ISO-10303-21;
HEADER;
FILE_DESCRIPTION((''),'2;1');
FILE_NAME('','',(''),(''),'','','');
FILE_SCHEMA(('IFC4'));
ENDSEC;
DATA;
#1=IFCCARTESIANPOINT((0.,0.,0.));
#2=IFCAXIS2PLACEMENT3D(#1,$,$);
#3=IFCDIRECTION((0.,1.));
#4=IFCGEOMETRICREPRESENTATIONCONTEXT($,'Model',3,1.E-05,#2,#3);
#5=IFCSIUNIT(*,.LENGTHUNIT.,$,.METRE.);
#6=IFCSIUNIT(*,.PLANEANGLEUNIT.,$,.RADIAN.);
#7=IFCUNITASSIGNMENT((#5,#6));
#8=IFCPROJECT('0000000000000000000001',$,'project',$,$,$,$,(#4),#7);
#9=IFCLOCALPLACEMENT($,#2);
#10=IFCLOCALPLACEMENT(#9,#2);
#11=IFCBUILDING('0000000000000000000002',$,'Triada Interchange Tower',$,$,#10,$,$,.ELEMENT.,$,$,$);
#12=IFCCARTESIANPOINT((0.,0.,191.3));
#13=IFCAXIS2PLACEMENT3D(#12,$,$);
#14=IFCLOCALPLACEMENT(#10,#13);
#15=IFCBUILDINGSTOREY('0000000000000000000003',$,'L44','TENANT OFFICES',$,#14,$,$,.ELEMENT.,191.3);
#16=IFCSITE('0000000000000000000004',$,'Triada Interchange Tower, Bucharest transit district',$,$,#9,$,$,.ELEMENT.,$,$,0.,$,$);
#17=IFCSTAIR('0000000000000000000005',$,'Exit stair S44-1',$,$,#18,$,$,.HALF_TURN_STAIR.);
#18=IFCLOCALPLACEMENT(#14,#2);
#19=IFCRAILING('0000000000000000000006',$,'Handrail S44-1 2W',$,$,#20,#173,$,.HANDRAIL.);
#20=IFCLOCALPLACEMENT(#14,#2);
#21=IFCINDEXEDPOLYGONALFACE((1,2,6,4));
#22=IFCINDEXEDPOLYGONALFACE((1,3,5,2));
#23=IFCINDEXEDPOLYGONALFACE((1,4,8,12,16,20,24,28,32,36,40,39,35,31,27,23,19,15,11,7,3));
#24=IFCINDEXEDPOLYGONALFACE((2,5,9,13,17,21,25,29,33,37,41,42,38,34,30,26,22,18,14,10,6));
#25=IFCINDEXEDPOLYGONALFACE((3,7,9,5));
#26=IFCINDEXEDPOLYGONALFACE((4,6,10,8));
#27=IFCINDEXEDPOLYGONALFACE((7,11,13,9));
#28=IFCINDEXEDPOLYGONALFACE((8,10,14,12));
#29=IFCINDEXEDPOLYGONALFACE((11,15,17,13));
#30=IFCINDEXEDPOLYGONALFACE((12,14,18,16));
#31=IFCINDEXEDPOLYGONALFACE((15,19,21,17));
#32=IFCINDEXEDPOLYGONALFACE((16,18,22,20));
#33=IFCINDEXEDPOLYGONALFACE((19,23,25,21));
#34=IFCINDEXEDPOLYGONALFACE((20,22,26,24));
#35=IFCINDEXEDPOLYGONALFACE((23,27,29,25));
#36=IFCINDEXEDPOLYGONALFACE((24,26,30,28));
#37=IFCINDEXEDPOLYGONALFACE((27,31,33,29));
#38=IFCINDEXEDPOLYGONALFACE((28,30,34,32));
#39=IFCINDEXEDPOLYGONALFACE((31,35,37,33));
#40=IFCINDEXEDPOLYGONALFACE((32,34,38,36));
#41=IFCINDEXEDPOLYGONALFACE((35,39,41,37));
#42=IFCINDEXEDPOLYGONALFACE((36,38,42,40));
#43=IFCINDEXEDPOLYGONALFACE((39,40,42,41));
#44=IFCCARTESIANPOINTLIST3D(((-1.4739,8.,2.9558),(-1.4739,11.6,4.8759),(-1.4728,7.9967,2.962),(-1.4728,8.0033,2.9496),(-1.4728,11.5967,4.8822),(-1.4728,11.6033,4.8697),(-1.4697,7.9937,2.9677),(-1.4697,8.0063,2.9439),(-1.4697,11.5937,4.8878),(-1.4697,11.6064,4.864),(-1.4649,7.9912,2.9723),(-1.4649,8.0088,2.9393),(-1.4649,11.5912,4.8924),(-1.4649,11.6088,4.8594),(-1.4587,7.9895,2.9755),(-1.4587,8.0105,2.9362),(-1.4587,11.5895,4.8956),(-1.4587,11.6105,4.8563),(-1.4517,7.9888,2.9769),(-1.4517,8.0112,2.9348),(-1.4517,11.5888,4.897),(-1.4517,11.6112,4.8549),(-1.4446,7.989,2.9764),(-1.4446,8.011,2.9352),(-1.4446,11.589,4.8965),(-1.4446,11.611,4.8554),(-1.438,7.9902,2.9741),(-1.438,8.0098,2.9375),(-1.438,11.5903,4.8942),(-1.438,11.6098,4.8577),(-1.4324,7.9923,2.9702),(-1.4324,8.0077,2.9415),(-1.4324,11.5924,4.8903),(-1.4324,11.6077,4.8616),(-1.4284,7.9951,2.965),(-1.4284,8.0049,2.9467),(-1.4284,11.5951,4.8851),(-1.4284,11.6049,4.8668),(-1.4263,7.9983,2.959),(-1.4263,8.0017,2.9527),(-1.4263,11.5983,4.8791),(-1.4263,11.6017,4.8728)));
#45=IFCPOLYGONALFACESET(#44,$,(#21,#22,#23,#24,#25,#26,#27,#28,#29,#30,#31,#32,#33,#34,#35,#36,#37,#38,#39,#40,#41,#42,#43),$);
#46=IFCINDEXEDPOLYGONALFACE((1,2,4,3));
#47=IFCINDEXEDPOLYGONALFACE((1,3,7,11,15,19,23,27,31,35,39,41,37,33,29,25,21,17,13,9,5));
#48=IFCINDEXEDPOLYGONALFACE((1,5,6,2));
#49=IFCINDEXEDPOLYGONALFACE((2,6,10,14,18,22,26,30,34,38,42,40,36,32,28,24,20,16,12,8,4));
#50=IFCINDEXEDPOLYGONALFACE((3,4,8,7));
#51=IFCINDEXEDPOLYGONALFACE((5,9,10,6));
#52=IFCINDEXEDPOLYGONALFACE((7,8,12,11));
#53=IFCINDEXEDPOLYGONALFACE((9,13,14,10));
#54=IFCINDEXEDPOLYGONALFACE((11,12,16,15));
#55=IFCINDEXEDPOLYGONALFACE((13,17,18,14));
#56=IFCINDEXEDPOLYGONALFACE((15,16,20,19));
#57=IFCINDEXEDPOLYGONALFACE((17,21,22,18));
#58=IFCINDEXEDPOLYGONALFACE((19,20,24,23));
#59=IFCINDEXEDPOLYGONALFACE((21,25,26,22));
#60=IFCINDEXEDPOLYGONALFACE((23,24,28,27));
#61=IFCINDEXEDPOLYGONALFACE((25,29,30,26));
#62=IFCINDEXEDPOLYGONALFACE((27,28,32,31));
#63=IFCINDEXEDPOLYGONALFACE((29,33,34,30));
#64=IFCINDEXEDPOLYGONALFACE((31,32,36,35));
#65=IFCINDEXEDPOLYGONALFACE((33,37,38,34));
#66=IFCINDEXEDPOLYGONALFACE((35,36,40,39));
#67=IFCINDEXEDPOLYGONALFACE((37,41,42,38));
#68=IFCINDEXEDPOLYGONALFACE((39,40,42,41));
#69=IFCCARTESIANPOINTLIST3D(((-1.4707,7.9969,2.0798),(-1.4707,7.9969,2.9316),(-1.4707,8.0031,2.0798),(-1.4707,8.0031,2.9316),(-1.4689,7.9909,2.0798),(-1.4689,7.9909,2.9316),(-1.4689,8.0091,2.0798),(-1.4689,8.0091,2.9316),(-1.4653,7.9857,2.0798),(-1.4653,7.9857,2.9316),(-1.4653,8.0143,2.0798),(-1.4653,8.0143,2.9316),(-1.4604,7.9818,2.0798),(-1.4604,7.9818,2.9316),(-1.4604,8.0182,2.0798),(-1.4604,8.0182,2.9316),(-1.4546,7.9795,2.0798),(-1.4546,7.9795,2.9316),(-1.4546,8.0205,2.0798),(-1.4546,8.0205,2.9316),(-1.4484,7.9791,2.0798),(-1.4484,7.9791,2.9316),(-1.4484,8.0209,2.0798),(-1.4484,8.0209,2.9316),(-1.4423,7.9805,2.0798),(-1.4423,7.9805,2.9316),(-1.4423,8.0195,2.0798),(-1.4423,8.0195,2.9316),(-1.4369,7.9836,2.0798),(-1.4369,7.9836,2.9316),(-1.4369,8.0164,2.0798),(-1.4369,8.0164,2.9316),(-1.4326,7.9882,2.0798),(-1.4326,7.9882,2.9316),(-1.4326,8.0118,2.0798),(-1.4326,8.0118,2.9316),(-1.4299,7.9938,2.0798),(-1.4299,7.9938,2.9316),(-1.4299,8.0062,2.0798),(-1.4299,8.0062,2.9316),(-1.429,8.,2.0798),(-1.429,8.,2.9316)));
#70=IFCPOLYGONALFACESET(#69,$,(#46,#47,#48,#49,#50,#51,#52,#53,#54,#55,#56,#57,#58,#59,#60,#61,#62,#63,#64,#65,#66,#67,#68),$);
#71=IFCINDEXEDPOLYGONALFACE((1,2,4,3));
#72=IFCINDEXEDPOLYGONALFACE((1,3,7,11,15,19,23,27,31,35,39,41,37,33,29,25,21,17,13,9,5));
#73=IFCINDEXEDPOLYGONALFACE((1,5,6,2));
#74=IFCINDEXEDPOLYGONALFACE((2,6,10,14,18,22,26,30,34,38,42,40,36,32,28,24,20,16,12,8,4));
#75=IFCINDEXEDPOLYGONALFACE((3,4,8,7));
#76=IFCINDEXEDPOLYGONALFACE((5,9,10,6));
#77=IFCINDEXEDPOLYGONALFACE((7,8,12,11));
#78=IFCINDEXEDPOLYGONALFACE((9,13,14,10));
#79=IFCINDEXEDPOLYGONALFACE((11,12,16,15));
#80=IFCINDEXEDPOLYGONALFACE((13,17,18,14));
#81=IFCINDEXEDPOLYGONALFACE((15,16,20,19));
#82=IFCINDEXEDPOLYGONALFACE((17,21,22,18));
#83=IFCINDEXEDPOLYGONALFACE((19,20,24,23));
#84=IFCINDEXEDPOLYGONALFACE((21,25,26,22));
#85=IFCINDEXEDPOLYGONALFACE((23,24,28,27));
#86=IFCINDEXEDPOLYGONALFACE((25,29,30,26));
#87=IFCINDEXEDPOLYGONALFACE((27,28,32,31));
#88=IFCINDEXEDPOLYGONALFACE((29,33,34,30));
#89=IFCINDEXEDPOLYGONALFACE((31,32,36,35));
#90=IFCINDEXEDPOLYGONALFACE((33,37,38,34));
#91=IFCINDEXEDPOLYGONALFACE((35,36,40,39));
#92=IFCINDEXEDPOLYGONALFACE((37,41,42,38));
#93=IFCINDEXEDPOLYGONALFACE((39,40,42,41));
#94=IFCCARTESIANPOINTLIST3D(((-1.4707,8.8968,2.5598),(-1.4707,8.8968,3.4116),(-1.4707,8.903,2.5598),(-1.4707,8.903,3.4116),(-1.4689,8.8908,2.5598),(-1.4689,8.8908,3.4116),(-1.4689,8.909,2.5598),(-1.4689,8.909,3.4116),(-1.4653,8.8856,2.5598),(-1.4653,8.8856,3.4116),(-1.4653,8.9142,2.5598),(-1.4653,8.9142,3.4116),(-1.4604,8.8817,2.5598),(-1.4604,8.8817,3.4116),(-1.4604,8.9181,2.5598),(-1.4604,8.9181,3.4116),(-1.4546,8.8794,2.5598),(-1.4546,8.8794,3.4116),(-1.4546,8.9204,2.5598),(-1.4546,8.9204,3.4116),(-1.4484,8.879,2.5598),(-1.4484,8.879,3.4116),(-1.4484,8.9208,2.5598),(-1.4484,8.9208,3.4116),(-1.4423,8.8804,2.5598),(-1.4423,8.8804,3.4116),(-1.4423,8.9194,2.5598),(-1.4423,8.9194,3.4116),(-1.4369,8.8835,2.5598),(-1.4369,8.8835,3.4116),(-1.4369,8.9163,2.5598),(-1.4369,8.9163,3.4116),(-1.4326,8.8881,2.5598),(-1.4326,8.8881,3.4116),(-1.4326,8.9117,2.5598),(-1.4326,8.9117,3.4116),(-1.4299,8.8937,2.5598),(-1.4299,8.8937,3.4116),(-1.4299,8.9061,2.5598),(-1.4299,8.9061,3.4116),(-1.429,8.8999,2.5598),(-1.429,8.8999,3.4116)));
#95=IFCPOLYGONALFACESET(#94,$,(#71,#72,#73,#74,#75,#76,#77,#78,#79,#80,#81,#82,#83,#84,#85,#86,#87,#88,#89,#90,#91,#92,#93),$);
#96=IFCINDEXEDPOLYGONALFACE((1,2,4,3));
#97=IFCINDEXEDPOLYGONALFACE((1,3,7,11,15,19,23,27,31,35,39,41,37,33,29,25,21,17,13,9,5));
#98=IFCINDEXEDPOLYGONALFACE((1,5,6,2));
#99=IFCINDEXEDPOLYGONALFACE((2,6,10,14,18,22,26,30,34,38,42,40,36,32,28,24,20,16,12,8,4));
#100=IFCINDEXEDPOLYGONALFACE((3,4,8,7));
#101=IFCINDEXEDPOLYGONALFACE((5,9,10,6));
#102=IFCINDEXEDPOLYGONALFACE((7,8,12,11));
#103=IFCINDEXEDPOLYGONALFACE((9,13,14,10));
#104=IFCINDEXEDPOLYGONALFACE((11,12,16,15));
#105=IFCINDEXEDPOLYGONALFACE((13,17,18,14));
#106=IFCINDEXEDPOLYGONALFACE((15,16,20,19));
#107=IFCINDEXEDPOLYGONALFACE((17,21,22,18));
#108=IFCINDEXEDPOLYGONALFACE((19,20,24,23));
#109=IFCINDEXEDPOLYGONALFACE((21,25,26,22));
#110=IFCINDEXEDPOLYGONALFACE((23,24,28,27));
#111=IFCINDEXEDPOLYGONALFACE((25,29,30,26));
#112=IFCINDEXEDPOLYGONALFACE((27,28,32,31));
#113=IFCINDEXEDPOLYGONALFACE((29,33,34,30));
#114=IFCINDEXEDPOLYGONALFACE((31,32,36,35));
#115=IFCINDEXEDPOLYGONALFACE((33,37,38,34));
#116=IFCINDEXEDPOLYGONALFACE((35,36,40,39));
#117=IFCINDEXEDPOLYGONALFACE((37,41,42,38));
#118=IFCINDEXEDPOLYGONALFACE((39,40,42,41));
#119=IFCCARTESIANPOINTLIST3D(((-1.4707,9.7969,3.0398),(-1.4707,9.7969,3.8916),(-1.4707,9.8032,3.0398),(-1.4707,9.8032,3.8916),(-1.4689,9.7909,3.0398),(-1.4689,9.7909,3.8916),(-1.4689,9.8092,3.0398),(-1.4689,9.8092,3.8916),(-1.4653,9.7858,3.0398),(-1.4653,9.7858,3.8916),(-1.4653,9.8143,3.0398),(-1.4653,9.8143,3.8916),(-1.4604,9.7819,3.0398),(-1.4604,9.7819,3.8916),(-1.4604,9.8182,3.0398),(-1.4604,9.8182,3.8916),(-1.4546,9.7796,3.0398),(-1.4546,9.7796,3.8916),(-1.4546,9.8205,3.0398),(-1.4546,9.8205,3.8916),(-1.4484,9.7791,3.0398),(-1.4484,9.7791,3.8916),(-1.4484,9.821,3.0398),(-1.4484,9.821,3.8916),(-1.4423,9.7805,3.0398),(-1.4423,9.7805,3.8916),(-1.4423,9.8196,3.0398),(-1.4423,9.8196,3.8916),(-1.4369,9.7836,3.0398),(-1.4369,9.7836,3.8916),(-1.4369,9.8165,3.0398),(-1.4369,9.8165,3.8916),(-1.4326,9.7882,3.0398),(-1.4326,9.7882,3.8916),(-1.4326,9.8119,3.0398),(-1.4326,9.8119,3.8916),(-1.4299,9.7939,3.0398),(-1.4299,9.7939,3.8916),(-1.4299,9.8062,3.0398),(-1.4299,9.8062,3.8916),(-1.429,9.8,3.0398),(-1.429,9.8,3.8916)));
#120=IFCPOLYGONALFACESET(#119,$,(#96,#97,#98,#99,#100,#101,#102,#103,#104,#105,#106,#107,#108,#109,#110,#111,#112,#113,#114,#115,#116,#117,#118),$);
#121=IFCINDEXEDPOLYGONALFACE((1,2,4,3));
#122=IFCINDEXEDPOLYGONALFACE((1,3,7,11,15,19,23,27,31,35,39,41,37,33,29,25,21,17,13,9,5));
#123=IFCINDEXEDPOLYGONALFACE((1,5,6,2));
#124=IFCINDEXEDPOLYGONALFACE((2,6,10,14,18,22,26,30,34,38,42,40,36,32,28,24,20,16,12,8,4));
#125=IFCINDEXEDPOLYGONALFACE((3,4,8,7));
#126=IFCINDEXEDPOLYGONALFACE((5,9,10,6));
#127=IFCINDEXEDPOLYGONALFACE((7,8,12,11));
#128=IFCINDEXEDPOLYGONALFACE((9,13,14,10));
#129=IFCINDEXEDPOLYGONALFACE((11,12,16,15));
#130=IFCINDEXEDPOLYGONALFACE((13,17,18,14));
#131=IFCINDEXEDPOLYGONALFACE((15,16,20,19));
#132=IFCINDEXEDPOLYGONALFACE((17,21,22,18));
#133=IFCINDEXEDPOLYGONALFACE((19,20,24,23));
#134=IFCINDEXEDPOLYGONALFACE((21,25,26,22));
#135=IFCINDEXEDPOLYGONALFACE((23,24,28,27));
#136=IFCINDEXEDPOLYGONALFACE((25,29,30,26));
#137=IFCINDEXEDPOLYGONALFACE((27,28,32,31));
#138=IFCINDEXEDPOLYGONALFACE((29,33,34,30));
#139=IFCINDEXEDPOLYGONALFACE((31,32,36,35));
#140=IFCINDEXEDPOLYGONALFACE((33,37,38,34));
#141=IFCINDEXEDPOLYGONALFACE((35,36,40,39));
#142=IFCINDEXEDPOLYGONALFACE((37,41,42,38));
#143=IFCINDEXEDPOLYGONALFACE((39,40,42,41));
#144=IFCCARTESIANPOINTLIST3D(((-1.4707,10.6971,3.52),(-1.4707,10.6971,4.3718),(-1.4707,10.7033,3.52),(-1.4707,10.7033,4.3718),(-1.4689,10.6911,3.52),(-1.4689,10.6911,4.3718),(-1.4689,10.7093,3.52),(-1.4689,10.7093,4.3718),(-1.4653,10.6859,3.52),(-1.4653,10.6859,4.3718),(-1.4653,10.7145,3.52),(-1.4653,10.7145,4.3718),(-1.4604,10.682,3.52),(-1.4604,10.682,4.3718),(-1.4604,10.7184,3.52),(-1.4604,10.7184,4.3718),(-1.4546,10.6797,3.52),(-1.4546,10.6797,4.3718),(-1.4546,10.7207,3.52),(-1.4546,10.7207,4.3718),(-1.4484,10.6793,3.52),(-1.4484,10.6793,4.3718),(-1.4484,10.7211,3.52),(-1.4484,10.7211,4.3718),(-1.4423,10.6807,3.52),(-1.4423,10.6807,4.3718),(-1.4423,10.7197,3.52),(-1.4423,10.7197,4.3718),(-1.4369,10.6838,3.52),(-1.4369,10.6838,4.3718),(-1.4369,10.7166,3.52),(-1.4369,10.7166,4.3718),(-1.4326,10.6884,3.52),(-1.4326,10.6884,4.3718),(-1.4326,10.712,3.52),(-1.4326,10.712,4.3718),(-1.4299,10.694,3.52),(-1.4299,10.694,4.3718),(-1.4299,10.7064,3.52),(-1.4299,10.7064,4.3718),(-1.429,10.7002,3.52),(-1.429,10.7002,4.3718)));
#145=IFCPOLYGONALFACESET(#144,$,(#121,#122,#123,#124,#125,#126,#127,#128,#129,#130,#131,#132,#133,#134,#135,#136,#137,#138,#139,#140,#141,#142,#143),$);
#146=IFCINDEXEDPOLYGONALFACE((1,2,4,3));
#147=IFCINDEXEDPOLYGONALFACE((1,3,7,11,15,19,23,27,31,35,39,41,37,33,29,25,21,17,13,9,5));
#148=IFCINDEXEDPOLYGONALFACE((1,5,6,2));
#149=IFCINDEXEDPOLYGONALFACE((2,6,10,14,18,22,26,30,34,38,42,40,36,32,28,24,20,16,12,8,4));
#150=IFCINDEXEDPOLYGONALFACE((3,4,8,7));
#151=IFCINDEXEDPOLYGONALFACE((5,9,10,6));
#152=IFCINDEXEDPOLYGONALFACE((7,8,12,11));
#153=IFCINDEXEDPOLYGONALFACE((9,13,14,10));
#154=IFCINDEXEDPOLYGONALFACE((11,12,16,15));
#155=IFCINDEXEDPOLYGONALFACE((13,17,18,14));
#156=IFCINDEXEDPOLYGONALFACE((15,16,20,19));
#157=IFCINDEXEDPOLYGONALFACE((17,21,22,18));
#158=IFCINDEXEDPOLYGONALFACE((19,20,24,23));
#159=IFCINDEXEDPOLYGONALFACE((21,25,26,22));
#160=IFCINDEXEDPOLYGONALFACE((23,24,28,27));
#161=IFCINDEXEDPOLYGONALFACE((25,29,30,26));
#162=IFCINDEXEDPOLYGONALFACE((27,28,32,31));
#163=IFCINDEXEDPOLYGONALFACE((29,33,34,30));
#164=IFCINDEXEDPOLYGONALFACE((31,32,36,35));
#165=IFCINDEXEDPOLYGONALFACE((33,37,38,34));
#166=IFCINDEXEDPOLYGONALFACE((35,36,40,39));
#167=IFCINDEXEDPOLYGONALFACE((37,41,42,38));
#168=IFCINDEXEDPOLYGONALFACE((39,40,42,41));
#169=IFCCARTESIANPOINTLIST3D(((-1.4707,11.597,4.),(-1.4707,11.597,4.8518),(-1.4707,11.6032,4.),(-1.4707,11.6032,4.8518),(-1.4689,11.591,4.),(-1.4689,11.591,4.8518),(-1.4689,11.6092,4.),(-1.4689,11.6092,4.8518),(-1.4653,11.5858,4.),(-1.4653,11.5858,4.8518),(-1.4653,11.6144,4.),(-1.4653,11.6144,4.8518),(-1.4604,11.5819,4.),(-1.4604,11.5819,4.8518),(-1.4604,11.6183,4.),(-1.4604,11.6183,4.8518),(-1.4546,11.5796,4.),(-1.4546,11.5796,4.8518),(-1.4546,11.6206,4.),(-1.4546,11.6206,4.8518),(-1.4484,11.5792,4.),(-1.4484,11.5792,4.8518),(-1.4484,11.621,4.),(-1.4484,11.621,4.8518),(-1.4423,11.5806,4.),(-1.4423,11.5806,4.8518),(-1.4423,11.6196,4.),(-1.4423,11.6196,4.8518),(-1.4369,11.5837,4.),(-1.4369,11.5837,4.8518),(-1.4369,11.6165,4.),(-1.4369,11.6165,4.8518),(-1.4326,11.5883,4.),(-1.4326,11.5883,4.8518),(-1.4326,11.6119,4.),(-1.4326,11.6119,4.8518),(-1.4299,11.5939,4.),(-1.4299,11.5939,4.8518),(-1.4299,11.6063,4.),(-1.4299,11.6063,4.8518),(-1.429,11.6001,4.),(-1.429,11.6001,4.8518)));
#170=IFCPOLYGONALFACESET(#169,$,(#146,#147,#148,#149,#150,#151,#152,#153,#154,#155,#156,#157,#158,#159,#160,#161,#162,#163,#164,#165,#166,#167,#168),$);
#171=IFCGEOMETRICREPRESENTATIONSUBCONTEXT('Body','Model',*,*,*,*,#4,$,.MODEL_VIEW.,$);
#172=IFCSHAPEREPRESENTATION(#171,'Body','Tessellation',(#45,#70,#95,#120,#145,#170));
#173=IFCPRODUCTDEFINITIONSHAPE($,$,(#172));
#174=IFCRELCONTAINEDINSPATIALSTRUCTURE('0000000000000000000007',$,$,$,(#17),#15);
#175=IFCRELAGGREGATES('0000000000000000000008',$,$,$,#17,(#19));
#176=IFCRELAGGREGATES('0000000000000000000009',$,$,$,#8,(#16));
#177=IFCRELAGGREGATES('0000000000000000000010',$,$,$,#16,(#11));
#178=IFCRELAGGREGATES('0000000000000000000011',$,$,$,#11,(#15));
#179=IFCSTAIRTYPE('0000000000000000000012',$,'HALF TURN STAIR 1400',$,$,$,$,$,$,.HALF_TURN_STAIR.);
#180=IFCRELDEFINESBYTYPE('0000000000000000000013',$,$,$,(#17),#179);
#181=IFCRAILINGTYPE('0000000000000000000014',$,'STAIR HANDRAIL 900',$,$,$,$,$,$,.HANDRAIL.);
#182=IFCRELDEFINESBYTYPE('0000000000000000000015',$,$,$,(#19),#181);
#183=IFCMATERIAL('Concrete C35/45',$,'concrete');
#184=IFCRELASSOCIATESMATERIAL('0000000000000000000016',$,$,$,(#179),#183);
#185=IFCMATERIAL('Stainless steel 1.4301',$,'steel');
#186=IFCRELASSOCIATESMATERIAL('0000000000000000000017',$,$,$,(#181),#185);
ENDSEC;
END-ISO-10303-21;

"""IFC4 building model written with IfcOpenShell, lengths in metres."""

from ifc_helpers import new_model, si_unit, direction, frame, origin, origin_2d, place, context, subcontext, project, spatial, circle, extrude, material, type_object, element, aggregate, save


model = new_model("IFC4")

# Units and contexts
model_context = context("Model", 3, precision=1e-05, world=origin(), true_north=direction((0.0, 1.0)))
body_context = subcontext(model_context, "Body", "Model", "MODEL_VIEW")
ifc_project = project(units=[si_unit("LENGTHUNIT", "METRE"), si_unit("PLANEANGLEUNIT", "RADIAN")], contexts=[model_context])

# Site, building, storey
site_placement = place(None, origin())
site = spatial("IfcSite", under=ifc_project, at=site_placement, Name="Triada Interchange Tower, Bucharest transit district", CompositionType="ELEMENT", RefElevation=0.0)
building_placement = place(site_placement, origin())
building = spatial("IfcBuilding", under=site, at=building_placement, Name="Triada Interchange Tower", CompositionType="ELEMENT")
storey_placement = place(building_placement, frame((0.0, 0.0, 191.3)))
storey = spatial("IfcBuildingStorey", under=building, at=storey_placement, Name="L44", Description="TENANT OFFICES", CompositionType="ELEMENT", Elevation=191.3)

# Stair, railing
ifc_material_1 = material(Name="Concrete C35/45", Category="concrete")
stair_type = type_object("IfcStairType", Name="HALF TURN STAIR 1400", PredefinedType="HALF_TURN_STAIR", material=ifc_material_1)
stair_placement = place(storey_placement, origin())
stair = element("IfcStair", 1, at=stair_placement, inside=storey, type_object=stair_type, Name="Exit stair S44-1", PredefinedType="HALF_TURN_STAIR")
ifc_material_2 = material(Name="Stainless steel 1.4301", Category="steel")
railing_type = type_object("IfcRailingType", Name="STAIR HANDRAIL 900", PredefinedType="HANDRAIL", material=ifc_material_2)
railing_placement = place(storey_placement, frame((-1.45, 8.0, 2.0798)))
railing = element("IfcRailing", 2, at=railing_placement, type_object=railing_type, Name="Handrail S44-1 2W", PredefinedType="HANDRAIL", context=body_context, shape_type="SweptSolid", body=[
    extrude(circle(Radius=0.0239, at=origin_2d()), frame((0.0, 0.0, 0.876), z_axis=(0.0, 0.882341, 0.47061), x_axis=(-1.0, 0.0, 0.0)), (0.0, 0.0, 1.0), 4.0801),
    extrude(circle(Radius=0.021, at=origin_2d()), origin(), (0.0, 0.0, 1.0), 0.8518),
    extrude(circle(Radius=0.021, at=origin_2d()), frame((0.0, 0.8999, 0.48)), (0.0, 0.0, 1.0), 0.8518),
    extrude(circle(Radius=0.021, at=origin_2d()), frame((0.0, 1.8, 0.96)), (0.0, 0.0, 1.0), 0.8518),
    extrude(circle(Radius=0.021, at=origin_2d()), frame((0.0, 2.7002, 1.4402)), (0.0, 0.0, 1.0), 0.8518),
    extrude(circle(Radius=0.021, at=origin_2d()), frame((0.0, 3.6001, 1.9202)), (0.0, 0.0, 1.0), 0.8518),
])
aggregate(stair, [railing])

save(model, "model.ifc")
